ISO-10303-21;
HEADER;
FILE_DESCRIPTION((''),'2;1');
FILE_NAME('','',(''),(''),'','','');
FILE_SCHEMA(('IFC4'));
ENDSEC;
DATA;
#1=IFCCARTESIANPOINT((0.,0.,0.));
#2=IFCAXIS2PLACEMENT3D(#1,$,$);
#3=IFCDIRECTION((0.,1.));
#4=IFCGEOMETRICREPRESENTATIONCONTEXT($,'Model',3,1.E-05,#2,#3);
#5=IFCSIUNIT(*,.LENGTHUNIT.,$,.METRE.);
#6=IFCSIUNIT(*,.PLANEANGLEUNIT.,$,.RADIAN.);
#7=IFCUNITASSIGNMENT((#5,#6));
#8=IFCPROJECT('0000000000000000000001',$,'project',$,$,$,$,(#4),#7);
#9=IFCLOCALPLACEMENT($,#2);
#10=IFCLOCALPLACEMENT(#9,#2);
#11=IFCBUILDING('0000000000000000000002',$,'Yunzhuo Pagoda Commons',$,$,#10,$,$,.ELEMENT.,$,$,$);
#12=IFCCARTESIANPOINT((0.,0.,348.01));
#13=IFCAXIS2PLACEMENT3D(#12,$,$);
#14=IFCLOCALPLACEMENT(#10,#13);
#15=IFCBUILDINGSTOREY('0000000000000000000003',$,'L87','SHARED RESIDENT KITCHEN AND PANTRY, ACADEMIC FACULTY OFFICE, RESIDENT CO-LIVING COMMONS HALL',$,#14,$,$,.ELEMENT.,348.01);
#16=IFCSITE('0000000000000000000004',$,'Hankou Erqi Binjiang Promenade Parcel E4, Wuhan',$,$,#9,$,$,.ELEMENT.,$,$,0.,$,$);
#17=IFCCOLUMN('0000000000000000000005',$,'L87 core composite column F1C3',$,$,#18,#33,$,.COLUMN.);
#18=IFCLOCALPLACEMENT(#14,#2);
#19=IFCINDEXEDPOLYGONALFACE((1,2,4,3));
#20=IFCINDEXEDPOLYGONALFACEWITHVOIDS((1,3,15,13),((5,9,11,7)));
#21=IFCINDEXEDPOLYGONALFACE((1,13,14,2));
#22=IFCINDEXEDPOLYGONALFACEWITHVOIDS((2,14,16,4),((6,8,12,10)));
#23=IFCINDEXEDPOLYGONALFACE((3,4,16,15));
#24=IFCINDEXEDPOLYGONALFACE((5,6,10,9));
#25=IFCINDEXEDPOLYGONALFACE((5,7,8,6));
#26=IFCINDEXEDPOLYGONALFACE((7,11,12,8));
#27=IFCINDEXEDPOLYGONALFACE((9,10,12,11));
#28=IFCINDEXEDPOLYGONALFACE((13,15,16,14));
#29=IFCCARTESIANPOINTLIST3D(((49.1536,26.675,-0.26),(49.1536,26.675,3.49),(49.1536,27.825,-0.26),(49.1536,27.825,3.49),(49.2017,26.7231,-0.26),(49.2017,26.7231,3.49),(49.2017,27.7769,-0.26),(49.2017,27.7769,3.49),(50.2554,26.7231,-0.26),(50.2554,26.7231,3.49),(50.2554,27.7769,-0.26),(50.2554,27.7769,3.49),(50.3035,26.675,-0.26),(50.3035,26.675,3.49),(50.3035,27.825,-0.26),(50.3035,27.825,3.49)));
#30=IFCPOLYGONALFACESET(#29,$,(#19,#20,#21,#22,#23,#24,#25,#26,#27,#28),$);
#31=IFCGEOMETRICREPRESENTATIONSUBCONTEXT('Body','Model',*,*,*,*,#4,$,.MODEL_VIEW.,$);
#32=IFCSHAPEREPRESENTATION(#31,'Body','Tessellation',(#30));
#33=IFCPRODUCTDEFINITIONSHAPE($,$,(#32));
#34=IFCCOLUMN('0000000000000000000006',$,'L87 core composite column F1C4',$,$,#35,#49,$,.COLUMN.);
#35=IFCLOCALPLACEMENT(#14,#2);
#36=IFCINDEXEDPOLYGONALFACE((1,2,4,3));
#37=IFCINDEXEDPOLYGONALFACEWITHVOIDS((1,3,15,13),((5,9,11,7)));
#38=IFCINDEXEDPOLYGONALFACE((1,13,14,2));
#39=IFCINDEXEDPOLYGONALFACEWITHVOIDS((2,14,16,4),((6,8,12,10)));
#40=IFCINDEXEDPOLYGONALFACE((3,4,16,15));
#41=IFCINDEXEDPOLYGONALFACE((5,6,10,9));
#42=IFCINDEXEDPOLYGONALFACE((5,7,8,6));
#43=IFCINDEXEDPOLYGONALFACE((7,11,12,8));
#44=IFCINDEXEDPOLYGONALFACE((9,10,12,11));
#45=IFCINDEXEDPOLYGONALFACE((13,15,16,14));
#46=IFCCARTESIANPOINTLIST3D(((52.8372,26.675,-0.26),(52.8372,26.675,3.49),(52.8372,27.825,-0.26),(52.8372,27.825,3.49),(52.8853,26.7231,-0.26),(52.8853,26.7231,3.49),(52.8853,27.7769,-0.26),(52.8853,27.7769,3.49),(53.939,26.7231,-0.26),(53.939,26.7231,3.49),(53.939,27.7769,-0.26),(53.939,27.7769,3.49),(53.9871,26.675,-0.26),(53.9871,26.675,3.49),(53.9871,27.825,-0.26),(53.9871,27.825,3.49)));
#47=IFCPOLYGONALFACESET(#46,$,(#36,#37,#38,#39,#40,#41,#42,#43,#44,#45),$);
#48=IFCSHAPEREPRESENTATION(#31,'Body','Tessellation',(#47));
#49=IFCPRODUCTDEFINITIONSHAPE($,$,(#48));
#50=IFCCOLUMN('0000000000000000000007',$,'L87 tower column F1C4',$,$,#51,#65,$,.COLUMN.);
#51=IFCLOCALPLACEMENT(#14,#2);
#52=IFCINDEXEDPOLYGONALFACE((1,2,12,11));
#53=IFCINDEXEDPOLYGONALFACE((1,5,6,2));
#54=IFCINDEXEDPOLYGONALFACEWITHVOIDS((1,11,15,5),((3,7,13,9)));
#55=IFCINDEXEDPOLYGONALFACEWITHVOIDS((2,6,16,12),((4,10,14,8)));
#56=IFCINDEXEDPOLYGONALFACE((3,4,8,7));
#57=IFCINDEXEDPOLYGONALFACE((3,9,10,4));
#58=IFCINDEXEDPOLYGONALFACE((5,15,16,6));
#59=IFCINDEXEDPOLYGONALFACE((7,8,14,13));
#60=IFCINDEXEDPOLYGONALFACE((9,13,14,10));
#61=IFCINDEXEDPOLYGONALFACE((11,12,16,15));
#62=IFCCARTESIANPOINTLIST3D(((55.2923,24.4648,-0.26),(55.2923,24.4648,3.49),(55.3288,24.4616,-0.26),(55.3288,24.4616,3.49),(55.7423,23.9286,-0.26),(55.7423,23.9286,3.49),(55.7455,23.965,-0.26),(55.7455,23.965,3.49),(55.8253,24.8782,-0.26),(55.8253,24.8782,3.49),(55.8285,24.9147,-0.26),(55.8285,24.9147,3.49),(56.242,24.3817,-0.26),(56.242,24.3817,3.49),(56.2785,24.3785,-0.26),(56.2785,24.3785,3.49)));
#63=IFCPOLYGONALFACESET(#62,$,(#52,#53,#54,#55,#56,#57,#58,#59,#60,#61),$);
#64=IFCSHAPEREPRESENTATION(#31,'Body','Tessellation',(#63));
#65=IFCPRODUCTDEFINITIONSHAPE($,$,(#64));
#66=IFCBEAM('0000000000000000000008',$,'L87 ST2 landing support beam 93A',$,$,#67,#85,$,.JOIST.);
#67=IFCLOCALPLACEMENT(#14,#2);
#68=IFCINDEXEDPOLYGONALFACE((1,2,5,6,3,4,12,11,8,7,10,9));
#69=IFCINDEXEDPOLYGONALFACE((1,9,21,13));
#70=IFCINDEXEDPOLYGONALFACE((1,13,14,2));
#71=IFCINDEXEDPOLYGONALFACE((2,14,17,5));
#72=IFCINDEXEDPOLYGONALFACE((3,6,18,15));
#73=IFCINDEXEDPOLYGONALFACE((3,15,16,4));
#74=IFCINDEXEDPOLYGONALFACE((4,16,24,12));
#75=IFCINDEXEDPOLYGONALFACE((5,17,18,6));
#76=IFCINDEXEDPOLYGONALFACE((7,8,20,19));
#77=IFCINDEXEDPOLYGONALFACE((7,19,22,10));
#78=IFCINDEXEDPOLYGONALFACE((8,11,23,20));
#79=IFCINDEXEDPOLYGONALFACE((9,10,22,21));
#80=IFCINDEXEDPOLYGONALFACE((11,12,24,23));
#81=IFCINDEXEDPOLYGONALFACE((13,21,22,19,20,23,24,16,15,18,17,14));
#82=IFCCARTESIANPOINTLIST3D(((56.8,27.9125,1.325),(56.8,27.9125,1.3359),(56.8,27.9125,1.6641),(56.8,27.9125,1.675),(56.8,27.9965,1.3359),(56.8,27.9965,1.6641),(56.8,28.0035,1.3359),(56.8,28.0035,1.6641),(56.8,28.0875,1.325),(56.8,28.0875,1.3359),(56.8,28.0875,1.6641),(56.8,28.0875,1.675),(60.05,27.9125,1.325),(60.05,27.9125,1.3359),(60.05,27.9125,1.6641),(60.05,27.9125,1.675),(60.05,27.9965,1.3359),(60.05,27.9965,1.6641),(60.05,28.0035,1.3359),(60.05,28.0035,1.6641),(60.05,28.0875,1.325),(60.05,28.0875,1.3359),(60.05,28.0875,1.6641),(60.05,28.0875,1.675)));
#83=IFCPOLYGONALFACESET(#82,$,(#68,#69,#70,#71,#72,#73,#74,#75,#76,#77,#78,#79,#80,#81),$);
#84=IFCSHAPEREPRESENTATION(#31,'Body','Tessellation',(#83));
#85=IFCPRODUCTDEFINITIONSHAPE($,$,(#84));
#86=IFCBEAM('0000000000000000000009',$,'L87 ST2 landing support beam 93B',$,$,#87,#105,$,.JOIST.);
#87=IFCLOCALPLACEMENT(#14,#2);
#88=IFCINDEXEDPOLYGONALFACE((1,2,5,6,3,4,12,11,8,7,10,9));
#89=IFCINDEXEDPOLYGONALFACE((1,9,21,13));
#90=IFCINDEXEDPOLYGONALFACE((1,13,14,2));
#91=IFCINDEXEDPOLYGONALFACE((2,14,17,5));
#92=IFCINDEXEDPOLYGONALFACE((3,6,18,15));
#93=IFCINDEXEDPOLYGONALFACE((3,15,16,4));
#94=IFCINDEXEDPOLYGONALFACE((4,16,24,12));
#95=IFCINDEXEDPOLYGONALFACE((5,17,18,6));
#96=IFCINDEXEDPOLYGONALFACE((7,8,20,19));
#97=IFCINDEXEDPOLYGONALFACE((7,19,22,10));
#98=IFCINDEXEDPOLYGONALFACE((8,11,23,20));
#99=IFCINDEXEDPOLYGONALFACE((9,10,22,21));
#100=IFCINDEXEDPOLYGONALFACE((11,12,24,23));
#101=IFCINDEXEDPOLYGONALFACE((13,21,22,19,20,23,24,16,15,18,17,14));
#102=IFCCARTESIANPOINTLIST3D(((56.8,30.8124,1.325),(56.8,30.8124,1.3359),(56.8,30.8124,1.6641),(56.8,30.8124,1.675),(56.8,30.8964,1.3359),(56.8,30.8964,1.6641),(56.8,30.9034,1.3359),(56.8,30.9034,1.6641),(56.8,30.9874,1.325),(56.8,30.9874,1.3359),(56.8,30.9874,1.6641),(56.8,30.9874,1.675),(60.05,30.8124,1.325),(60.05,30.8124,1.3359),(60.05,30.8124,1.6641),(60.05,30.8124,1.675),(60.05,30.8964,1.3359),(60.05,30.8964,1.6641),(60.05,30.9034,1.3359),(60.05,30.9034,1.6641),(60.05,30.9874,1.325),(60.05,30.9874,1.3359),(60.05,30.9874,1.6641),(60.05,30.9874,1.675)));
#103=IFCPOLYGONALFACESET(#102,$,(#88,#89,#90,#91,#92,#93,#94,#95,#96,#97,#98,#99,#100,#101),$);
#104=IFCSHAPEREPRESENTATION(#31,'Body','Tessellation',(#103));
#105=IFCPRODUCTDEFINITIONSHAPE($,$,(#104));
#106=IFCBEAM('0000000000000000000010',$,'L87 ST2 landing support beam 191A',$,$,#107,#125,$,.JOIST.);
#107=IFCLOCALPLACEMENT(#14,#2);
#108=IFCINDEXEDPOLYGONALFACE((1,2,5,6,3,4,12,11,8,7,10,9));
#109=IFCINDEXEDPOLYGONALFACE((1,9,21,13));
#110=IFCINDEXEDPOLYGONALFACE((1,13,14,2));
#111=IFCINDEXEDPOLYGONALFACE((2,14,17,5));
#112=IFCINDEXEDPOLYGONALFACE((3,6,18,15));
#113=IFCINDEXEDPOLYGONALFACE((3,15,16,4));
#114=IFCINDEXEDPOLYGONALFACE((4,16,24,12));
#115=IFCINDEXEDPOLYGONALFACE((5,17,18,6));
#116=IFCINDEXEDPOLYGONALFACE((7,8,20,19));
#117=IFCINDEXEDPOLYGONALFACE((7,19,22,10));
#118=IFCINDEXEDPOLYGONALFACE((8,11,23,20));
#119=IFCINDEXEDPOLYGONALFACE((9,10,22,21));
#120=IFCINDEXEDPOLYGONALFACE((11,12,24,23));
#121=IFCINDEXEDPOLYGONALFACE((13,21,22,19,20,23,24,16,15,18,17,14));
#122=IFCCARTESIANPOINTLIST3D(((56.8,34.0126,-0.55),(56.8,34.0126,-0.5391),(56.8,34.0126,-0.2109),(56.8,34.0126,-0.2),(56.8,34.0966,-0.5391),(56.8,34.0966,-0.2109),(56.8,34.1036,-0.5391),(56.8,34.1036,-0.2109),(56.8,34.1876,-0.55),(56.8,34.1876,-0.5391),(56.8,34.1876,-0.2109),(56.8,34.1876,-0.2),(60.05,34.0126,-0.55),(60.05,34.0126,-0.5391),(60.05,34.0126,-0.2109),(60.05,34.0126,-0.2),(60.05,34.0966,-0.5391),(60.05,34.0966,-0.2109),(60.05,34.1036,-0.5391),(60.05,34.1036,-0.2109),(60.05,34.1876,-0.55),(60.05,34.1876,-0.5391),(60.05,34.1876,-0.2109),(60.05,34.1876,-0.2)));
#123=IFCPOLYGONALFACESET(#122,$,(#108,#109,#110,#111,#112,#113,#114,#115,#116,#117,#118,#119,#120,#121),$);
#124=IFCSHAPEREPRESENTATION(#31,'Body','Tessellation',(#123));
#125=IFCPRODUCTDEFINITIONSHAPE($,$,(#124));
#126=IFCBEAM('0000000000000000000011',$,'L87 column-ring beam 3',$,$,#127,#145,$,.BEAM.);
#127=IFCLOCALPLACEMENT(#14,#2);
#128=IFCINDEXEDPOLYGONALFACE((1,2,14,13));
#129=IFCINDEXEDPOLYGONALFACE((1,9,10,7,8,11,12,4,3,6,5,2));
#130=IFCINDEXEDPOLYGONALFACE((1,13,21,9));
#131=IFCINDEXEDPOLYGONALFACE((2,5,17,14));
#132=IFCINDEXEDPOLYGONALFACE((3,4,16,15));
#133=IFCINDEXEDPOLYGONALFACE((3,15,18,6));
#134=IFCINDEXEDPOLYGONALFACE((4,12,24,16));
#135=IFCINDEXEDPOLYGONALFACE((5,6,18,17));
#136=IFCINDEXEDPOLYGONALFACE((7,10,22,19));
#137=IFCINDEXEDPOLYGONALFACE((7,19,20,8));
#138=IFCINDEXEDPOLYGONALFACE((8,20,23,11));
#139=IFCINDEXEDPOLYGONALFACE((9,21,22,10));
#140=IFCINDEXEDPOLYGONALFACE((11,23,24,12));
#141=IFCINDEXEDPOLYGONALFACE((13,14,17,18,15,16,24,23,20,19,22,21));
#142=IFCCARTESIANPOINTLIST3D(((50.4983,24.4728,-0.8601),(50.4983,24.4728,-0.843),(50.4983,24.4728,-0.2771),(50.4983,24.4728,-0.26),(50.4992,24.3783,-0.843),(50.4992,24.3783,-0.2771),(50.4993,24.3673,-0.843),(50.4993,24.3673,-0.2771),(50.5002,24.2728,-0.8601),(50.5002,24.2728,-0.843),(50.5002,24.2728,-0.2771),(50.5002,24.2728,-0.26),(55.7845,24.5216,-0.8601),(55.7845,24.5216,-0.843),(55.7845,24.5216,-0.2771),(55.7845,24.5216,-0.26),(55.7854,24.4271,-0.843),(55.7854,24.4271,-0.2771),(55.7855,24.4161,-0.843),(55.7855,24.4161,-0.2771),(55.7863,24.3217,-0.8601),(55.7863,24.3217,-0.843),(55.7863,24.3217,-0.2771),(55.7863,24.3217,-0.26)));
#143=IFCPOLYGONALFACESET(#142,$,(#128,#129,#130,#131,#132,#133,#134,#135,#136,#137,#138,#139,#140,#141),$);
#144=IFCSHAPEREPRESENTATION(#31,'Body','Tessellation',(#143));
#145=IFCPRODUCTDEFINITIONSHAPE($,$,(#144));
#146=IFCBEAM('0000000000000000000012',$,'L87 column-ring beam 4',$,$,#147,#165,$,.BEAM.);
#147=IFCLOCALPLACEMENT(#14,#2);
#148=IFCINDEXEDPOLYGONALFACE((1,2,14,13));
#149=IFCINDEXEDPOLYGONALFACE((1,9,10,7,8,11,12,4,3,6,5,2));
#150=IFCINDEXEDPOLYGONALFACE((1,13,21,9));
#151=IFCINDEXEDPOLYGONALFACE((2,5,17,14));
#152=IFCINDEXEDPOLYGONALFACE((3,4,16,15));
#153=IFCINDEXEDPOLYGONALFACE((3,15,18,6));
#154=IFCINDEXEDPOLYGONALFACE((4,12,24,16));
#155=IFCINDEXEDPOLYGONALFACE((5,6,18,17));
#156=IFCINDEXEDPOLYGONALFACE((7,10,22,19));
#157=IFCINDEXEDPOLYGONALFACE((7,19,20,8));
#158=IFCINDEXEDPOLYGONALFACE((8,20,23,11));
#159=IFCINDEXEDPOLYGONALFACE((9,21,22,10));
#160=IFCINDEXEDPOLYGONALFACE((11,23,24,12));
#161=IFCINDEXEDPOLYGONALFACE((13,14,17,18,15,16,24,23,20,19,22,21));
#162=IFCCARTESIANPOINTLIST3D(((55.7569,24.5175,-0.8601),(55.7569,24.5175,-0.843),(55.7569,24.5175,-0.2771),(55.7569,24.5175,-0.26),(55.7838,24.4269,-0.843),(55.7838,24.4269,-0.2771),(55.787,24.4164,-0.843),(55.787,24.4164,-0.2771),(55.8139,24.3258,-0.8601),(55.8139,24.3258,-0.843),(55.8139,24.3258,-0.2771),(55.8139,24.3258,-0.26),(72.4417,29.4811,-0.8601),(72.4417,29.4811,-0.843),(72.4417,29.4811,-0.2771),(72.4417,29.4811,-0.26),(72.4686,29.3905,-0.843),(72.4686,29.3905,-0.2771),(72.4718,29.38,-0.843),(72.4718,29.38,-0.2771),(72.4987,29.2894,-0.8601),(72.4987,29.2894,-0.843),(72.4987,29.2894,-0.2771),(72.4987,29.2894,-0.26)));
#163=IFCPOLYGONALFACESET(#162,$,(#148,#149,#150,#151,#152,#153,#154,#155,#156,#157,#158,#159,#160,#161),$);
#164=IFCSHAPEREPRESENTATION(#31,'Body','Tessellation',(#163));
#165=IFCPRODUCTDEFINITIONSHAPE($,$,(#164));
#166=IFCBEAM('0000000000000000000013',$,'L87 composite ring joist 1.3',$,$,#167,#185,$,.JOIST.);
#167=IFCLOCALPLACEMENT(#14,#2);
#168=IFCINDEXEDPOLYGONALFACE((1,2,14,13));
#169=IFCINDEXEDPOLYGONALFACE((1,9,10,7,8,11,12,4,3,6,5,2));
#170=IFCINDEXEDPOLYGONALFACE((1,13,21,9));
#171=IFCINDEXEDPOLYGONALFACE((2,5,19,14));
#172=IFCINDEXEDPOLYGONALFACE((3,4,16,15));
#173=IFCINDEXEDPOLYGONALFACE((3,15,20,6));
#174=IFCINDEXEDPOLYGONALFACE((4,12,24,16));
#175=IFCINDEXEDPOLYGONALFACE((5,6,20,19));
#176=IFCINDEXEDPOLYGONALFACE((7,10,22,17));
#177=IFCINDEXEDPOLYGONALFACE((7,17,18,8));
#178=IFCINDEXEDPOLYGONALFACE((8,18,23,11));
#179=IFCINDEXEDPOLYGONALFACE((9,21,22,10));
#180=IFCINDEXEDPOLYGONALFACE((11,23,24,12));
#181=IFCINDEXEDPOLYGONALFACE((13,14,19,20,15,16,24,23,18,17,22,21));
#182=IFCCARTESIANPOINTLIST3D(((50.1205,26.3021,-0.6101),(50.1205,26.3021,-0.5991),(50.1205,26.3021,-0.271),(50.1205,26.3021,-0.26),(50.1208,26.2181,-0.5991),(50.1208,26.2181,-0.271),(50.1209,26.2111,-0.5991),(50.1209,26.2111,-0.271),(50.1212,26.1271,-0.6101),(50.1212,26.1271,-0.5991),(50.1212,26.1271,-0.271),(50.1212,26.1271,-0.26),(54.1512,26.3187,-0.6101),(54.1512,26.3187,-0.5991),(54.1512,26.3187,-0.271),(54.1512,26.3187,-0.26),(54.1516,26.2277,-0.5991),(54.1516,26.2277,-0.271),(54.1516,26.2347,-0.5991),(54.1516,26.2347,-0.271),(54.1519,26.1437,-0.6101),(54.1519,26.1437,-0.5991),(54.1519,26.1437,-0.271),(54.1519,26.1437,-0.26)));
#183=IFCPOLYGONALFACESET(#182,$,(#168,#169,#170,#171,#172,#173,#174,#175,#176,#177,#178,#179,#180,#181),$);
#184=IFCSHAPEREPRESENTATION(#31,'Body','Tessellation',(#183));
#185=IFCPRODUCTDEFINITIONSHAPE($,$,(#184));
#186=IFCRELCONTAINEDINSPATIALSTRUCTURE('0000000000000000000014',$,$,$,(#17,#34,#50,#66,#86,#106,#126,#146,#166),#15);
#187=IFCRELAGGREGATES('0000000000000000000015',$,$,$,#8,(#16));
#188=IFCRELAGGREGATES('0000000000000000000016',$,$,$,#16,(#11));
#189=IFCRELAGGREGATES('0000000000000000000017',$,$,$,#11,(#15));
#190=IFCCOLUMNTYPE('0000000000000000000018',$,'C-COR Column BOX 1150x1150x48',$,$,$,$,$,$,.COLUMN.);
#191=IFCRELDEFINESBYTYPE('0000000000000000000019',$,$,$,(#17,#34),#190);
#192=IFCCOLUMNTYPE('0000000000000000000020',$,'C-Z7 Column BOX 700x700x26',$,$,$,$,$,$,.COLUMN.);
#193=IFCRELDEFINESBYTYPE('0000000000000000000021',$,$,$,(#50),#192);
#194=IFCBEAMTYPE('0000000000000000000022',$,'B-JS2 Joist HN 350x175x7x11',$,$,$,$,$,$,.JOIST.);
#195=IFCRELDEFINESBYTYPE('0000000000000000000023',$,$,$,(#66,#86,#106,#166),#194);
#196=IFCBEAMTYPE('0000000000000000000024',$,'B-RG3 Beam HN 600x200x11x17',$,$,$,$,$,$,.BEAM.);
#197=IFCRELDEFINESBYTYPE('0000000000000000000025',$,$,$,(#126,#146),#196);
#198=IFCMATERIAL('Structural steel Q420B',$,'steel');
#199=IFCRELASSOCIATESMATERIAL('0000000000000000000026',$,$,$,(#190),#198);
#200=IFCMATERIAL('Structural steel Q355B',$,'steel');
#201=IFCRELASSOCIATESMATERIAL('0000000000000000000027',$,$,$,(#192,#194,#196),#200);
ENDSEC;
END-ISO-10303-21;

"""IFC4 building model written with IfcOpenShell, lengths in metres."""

from ifc_helpers import new_model, si_unit, direction, frame, origin, origin_2d, place, context, subcontext, project, spatial, hollow_rectangle, i_section, extrude, source, transform, mapped, material, material_profile, profile_set, type_object, element, save


model = new_model("IFC4")

# Units and contexts
model_context = context("Model", 3, precision=1e-05, world=origin(), true_north=direction((0.0, 1.0)))
body_context = subcontext(model_context, "Body", "Model", "MODEL_VIEW")
ifc_project = project(units=[si_unit("LENGTHUNIT", "METRE"), si_unit("PLANEANGLEUNIT", "RADIAN")], contexts=[model_context])

# Site, building, storey
site_placement = place(None, origin())
site = spatial("IfcSite", under=ifc_project, at=site_placement, Name="Hankou Erqi Binjiang Promenade Parcel E4, Wuhan", CompositionType="ELEMENT", RefElevation=0.0)
building_placement = place(site_placement, origin())
building = spatial("IfcBuilding", under=site, at=building_placement, Name="Yunzhuo Pagoda Commons", CompositionType="ELEMENT")
storey_placement = place(building_placement, frame((0.0, 0.0, 348.01)))
storey = spatial("IfcBuildingStorey", under=building, at=storey_placement, Name="L87", Description="SHARED RESIDENT KITCHEN AND PANTRY, ACADEMIC FACULTY OFFICE, RESIDENT CO-LIVING COMMONS HALL", CompositionType="ELEMENT", Elevation=348.01)

# Columns
ifc_material_1 = material(Name="Structural steel Q420B", Category="steel")
ifc_material_profile_1 = material_profile(ifc_material_1, hollow_rectangle(XDim=1.1499, YDim=1.1499, WallThickness=0.0481, at=origin_2d()), Name="Structural steel Q420B")
ifc_profile_set_1 = profile_set([ifc_material_profile_1], Name="Structural steel Q420B")
column_type_1 = type_object("IfcColumnType", Name="C-COR Column BOX 1150x1150x48", PredefinedType="COLUMN", material=ifc_profile_set_1)
shared_shape_1 = source(origin(), body_context, "Body", "SweptSolid", [
    extrude(hollow_rectangle(XDim=1.1499, YDim=1.1499, WallThickness=0.0481, at=origin_2d()), origin(), (0.0, 0.0, 1.0), 3.75),
])
for number, where, z_axis, x_axis, name in (
    (1, (49.7285, 27.25, -0.26), (0.0, 0.0, 1.0), (1.0, 0.0, 0.0), "L87 core composite column F1C3"),
    (2, (53.4121, 27.25, -0.26), (0.0, 0.0, 1.0), (1.0, 0.0, 0.0), "L87 core composite column F1C4"),
):
    element("IfcColumn", number, at=place(storey_placement, frame(where, z_axis=z_axis, x_axis=x_axis)), inside=storey, type_object=column_type_1, Name=name, PredefinedType="COLUMN", context=body_context, shape_type="MappedRepresentation", body=[
        mapped(shared_shape_1, transform((0.0, 0.0, 0.0), scale=1.0)),
    ])
ifc_material_2 = material(Name="Structural steel Q355B", Category="steel")
ifc_material_profile_2 = material_profile(ifc_material_2, hollow_rectangle(XDim=0.7, YDim=0.7, WallThickness=0.0259, at=origin_2d()), Name="Structural steel Q355B")
ifc_profile_set_2 = profile_set([ifc_material_profile_2], Name="Structural steel Q355B")
column_type_2 = type_object("IfcColumnType", Name="C-Z7 Column BOX 700x700x26", PredefinedType="COLUMN", material=ifc_profile_set_2)
shared_shape_2 = source(origin(), body_context, "Body", "SweptSolid", [
    extrude(hollow_rectangle(XDim=0.7, YDim=0.7, WallThickness=0.0259, at=origin_2d()), origin(), (0.0, 0.0, 1.0), 3.75),
])
column_placement = place(storey_placement, frame((55.7854, 24.4216, -0.26), z_axis=(0.0, 0.0, 1.0), x_axis=(0.766044, 0.642788, 0.0)))
element("IfcColumn", 3, at=column_placement, inside=storey, type_object=column_type_2, Name="L87 tower column F1C4", PredefinedType="COLUMN", context=body_context, shape_type="MappedRepresentation", body=[
    mapped(shared_shape_2, transform((0.0, 0.0, 0.0), scale=1.0)),
])

# Beams
ifc_material_profile_3 = material_profile(ifc_material_2, i_section(OverallWidth=0.175, OverallDepth=0.3501, WebThickness=0.0071, FlangeThickness=0.011, at=origin_2d()), Name="Structural steel Q355B")
ifc_profile_set_3 = profile_set([ifc_material_profile_3], Name="Structural steel Q355B")
beam_type_1 = type_object("IfcBeamType", Name="B-JS2 Joist HN 350x175x7x11", PredefinedType="JOIST", material=ifc_profile_set_3)
shared_shape_3 = source(origin(), body_context, "Body", "SweptSolid", [
    extrude(i_section(OverallWidth=0.175, OverallDepth=0.3501, WebThickness=0.0071, FlangeThickness=0.011, at=origin_2d()), origin(), (0.0, 0.0, 1.0), 3.25),
])
for number, where, z_axis, x_axis, name in (
    (4, (56.8, 28.0, 1.5), (1.0, 0.0, 0.0), (0.0, 1.0, 0.0), "L87 ST2 landing support beam 93A"),
    (5, (56.8, 30.8999, 1.5), (1.0, 0.0, 0.0), (0.0, 1.0, 0.0), "L87 ST2 landing support beam 93B"),
    (6, (56.8, 34.1001, -0.375), (1.0, 0.0, 0.0), (0.0, 1.0, 0.0), "L87 ST2 landing support beam 191A"),
):
    element("IfcBeam", number, at=place(storey_placement, frame(where, z_axis=z_axis, x_axis=x_axis)), inside=storey, type_object=beam_type_1, Name=name, PredefinedType="JOIST", context=body_context, shape_type="MappedRepresentation", body=[
        mapped(shared_shape_3, transform((0.0, 0.0, 0.0), scale=1.0)),
    ])
ifc_material_profile_4 = material_profile(ifc_material_2, i_section(OverallWidth=0.2, OverallDepth=0.6001, WebThickness=0.011, FlangeThickness=0.0171, at=origin_2d()), Name="Structural steel Q355B")
ifc_profile_set_4 = profile_set([ifc_material_profile_4], Name="Structural steel Q355B")
beam_type_2 = type_object("IfcBeamType", Name="B-RG3 Beam HN 600x200x11x17", PredefinedType="BEAM", material=ifc_profile_set_4)
shared_shape_4 = source(origin(), body_context, "Body", "SweptSolid", [
    extrude(i_section(OverallWidth=0.2, OverallDepth=0.6001, WebThickness=0.011, FlangeThickness=0.0171, at=origin_2d()), origin(), (0.0, 0.0, 1.0), 5.2864),
])
beam_1_placement = place(storey_placement, frame((50.4993, 24.3728, -0.5601), z_axis=(0.999957, 0.009237, 0.0), x_axis=(-0.009237, 0.999957, 0.0)))
element("IfcBeam", 7, at=beam_1_placement, inside=storey, type_object=beam_type_2, Name="L87 column-ring beam 3", PredefinedType="BEAM", context=body_context, shape_type="MappedRepresentation", body=[
    mapped(shared_shape_4, transform((0.0, 0.0, 0.0), scale=1.0)),
])
shared_shape_5 = source(origin(), body_context, "Body", "SweptSolid", [
    extrude(i_section(OverallWidth=0.2, OverallDepth=0.6001, WebThickness=0.011, FlangeThickness=0.0171, at=origin_2d()), origin(), (0.0, 0.0, 1.0), 17.4075),
])
beam_2_placement = place(storey_placement, frame((55.7854, 24.4216, -0.5601), z_axis=(0.958485, 0.285143, 0.0), x_axis=(-0.285143, 0.958485, 0.0)))
element("IfcBeam", 8, at=beam_2_placement, inside=storey, type_object=beam_type_2, Name="L87 column-ring beam 4", PredefinedType="BEAM", context=body_context, shape_type="MappedRepresentation", body=[
    mapped(shared_shape_5, transform((0.0, 0.0, 0.0), scale=1.0)),
])
shared_shape_6 = source(origin(), body_context, "Body", "SweptSolid", [
    extrude(i_section(OverallWidth=0.175, OverallDepth=0.3501, WebThickness=0.0071, FlangeThickness=0.011, at=origin_2d()), origin(), (0.0, 0.0, 1.0), 4.0308),
])
beam_3_placement = place(storey_placement, frame((50.1208, 26.2146, -0.4351), z_axis=(0.999992, 0.004119, 0.0), x_axis=(-0.004119, 0.999992, 0.0)))
element("IfcBeam", 9, at=beam_3_placement, inside=storey, type_object=beam_type_1, Name="L87 composite ring joist 1.3", PredefinedType="JOIST", context=body_context, shape_type="MappedRepresentation", body=[
    mapped(shared_shape_6, transform((0.0, 0.0, 0.0), scale=1.0)),
])

save(model, "model.ifc")
